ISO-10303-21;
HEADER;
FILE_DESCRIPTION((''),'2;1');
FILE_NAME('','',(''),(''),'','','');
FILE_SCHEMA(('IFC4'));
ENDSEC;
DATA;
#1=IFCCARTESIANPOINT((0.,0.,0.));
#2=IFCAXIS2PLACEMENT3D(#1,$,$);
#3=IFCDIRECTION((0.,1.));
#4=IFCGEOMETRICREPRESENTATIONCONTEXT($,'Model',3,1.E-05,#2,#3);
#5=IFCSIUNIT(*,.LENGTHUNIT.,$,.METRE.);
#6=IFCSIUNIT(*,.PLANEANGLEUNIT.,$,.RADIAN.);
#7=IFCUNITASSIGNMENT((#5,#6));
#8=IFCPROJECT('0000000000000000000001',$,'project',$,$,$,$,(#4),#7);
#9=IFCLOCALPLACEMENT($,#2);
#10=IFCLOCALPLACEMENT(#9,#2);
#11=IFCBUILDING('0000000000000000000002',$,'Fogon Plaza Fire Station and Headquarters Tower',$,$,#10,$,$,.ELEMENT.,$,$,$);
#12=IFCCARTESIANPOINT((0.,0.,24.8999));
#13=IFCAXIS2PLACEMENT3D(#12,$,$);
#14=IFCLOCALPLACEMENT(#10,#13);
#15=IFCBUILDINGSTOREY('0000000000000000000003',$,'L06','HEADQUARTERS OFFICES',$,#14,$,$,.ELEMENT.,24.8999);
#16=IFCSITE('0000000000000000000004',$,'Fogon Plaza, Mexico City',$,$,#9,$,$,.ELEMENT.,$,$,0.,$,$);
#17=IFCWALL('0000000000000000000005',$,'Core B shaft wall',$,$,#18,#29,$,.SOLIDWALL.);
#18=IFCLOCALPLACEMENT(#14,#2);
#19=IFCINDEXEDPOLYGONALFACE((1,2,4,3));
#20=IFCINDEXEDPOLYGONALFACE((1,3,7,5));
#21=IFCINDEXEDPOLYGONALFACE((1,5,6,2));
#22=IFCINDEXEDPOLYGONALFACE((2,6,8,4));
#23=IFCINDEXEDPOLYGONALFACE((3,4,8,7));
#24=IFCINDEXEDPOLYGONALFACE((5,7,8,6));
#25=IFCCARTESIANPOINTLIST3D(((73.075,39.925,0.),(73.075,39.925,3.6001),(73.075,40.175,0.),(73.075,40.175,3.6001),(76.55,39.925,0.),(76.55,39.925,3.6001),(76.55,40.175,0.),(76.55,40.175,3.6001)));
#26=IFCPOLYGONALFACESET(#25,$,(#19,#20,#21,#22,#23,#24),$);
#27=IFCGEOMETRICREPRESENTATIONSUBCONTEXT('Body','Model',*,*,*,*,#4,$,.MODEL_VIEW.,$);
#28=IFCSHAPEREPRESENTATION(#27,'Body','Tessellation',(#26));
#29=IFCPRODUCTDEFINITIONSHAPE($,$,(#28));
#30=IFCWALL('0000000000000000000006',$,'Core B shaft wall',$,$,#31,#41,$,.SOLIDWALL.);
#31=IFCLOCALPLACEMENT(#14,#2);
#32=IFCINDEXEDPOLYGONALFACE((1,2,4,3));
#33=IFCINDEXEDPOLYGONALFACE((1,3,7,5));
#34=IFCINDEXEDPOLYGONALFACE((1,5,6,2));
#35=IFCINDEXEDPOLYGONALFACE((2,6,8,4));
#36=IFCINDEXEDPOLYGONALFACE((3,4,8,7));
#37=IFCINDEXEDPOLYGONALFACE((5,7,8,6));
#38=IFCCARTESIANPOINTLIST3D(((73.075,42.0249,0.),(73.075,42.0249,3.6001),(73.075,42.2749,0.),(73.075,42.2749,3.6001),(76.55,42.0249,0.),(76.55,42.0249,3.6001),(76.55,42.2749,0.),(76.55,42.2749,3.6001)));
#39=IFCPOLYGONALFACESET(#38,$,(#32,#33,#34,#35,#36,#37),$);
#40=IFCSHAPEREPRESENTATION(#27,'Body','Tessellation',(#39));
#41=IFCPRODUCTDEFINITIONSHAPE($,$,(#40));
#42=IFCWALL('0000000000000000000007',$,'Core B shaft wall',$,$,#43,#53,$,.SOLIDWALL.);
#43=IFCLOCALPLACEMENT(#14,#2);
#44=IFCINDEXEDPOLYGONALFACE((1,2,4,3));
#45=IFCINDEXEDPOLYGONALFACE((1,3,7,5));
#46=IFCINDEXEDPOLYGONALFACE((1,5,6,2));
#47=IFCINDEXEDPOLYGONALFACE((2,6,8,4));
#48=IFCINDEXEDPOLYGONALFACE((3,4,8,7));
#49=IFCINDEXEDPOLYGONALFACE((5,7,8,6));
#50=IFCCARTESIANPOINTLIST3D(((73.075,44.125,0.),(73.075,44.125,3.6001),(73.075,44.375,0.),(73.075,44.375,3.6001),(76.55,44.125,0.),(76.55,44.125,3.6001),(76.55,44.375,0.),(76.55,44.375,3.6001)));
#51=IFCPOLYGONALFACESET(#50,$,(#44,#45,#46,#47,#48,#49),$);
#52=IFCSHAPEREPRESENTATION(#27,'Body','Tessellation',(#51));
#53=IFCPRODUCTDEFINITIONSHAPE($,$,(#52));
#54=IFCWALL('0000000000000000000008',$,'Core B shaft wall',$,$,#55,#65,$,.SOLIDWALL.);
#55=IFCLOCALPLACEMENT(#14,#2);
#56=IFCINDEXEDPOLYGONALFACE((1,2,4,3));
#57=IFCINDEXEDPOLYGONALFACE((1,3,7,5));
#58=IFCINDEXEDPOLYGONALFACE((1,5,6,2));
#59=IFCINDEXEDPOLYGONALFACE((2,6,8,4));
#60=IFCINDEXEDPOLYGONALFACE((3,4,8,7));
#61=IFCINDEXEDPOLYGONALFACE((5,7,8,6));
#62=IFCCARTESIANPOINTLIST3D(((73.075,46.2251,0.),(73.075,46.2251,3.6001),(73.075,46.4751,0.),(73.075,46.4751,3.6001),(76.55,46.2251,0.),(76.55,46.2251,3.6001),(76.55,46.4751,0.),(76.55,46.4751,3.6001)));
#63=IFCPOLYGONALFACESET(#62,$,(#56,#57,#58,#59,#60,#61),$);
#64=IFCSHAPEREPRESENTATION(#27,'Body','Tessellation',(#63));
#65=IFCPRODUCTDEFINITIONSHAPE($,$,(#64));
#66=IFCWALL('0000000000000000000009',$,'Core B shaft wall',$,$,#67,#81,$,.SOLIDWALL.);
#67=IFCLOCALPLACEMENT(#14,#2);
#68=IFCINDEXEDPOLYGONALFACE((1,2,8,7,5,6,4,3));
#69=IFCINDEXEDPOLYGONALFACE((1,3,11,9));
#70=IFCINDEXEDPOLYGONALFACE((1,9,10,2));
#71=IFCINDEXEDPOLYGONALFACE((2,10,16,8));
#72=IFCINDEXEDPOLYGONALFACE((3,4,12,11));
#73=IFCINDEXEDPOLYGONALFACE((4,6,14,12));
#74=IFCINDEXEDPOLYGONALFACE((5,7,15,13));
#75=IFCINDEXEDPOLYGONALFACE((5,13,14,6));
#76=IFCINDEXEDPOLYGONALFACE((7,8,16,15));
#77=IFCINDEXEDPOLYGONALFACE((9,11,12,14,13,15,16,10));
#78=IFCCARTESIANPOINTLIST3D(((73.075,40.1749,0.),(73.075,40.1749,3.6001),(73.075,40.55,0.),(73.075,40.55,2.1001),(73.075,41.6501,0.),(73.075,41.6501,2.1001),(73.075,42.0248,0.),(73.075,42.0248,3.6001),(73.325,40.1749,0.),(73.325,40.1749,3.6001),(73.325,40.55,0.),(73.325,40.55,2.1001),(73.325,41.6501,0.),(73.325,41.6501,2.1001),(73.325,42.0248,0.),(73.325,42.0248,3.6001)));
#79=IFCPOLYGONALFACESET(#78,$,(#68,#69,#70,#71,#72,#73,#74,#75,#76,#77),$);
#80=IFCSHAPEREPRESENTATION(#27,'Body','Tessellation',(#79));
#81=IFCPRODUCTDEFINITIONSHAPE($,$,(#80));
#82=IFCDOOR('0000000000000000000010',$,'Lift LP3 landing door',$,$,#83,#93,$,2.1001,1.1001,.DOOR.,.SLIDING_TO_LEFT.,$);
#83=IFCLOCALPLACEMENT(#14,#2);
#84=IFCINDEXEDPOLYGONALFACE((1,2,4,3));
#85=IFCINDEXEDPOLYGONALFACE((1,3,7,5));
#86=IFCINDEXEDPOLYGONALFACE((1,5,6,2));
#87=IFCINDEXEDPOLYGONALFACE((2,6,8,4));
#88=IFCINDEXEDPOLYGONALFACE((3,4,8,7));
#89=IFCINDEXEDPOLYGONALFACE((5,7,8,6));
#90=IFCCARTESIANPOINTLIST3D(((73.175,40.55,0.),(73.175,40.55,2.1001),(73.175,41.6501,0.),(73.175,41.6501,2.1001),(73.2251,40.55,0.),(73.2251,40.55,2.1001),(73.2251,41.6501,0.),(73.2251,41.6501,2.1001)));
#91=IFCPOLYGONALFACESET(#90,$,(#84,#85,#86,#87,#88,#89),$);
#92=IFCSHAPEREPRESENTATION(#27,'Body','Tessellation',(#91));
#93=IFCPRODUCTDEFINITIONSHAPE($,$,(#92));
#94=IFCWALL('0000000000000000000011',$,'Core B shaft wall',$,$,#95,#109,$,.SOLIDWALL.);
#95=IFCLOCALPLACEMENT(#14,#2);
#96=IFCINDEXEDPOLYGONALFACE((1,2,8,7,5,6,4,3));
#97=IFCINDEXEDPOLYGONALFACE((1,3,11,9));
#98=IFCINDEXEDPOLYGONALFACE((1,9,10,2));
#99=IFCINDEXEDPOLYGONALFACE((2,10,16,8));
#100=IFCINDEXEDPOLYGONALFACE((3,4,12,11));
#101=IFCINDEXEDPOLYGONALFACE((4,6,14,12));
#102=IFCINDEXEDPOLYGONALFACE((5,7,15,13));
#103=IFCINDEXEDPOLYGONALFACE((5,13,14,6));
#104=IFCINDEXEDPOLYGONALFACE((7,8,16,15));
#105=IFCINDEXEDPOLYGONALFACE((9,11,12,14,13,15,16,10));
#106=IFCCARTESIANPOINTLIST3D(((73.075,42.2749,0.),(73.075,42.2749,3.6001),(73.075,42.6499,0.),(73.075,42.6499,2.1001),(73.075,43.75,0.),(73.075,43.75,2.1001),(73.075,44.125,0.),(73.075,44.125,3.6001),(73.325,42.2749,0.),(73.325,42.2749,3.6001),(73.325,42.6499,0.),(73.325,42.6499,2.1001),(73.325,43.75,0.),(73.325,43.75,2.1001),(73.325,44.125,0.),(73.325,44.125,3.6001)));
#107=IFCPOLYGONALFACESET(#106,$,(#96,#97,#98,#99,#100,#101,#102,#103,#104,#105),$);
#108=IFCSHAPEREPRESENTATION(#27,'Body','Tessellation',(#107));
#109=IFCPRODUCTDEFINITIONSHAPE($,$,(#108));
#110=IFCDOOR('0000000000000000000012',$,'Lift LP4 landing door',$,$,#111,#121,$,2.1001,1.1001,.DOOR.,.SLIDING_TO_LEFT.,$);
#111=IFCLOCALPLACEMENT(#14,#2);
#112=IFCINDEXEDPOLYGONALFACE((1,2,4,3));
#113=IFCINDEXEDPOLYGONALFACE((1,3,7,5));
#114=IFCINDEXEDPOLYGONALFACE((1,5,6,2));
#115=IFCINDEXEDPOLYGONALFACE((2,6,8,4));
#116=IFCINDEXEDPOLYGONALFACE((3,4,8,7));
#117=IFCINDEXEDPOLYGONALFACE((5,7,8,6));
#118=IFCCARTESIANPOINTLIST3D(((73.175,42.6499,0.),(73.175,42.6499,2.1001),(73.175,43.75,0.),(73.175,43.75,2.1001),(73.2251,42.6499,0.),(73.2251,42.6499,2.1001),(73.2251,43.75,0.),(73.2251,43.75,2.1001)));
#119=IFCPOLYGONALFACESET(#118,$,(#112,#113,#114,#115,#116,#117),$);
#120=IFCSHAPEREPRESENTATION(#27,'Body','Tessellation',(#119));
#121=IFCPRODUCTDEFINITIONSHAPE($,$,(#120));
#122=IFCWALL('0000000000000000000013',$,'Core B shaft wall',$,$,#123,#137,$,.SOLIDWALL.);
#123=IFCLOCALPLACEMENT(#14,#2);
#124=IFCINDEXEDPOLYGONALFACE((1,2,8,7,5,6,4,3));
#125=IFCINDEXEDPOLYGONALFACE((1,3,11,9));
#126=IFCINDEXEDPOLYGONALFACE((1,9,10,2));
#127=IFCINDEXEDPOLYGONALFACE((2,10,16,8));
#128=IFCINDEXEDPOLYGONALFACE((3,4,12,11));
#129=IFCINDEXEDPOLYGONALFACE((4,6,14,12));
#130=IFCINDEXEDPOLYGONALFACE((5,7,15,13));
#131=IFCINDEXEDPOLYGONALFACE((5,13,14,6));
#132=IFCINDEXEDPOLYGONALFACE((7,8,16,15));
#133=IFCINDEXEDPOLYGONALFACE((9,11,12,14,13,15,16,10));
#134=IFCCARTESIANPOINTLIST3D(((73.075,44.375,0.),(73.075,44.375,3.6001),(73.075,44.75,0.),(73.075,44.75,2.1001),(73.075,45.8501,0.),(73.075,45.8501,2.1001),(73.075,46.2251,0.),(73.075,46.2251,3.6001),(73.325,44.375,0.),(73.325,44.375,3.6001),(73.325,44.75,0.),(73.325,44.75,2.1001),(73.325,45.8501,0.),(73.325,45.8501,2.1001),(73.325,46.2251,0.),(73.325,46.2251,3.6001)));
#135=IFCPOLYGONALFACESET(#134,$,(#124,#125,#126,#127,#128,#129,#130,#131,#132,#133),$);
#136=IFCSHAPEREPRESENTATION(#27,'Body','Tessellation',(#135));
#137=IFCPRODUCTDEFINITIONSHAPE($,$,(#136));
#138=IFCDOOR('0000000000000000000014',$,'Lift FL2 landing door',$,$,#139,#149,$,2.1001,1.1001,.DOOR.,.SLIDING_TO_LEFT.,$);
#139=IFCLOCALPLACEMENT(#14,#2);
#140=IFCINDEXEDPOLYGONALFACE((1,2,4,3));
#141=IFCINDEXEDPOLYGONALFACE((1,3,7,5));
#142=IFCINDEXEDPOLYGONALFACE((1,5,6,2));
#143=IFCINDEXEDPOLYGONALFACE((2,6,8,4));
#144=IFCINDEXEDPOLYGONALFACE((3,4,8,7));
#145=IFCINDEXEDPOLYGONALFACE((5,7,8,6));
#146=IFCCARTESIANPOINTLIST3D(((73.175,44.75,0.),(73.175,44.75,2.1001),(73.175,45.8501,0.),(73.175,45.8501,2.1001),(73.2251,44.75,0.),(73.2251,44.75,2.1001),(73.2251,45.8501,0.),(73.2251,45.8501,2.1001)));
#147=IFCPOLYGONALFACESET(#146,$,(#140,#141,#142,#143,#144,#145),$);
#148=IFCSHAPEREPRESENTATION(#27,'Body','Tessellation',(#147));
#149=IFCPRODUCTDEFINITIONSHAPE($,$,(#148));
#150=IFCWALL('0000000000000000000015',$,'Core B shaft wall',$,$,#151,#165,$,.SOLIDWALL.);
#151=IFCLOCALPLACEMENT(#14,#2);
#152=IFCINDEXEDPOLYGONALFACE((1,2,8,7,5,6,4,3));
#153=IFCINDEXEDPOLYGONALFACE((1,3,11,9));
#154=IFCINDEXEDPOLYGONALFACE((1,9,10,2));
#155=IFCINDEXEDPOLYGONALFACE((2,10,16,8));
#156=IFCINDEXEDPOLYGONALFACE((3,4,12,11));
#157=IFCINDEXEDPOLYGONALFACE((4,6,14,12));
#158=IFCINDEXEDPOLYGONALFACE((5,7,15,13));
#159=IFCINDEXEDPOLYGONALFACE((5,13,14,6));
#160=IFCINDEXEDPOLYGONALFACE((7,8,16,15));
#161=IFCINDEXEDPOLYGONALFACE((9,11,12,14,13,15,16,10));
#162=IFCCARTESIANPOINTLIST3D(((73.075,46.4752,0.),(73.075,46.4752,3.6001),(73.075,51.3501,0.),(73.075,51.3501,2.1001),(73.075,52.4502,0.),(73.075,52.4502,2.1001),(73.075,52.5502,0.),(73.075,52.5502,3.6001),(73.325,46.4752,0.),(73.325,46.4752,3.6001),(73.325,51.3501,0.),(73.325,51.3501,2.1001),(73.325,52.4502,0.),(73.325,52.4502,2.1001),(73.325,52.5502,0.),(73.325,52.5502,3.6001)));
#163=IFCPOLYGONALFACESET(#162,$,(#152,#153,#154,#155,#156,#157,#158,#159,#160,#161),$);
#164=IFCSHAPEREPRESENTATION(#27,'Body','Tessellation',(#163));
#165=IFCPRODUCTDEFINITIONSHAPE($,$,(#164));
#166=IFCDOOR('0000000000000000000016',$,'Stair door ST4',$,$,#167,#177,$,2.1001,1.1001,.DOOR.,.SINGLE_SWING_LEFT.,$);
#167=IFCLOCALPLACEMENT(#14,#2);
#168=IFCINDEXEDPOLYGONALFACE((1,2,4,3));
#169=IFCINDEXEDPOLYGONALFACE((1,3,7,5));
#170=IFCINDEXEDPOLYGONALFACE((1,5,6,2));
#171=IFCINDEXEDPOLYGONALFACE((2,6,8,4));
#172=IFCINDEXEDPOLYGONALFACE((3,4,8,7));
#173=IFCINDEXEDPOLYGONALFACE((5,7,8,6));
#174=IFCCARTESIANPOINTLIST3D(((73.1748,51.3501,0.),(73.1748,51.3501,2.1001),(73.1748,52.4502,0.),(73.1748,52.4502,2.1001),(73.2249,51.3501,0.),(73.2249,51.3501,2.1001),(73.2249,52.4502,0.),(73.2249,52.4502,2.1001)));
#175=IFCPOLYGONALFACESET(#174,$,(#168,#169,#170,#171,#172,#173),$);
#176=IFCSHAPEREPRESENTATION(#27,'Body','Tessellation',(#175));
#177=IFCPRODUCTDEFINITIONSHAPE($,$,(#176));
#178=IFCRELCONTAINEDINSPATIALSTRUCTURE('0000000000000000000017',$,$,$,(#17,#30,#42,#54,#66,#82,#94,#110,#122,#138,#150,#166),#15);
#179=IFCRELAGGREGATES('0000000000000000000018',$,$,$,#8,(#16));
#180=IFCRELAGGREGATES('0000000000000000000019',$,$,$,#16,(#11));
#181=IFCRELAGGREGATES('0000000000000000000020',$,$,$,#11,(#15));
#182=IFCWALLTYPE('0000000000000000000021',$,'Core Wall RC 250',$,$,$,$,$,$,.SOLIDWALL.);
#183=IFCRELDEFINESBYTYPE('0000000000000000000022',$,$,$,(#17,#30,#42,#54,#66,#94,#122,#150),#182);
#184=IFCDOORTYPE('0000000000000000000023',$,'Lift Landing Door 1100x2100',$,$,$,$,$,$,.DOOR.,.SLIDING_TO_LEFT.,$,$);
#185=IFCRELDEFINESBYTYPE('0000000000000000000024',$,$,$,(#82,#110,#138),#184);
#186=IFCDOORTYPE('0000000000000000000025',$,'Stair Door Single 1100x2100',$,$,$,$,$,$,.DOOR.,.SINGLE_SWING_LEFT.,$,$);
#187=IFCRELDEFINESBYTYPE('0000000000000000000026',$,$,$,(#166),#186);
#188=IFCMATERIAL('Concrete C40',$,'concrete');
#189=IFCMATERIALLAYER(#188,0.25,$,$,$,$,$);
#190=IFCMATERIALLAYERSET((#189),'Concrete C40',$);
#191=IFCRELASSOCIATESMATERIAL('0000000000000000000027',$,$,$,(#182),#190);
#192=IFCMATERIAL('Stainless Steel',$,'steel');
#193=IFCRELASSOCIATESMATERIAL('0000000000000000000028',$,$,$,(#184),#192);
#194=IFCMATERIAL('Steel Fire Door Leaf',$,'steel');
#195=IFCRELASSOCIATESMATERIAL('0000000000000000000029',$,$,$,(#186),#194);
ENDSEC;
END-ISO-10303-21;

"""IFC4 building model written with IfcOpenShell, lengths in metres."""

from ifc_helpers import new_model, si_unit, direction, frame, frame_2d, origin, place, context, subcontext, project, spatial, rectangle, extrude, material, layer, layer_set, type_object, element, fill, save


model = new_model("IFC4")

# Units and contexts
model_context = context("Model", 3, precision=1e-05, world=origin(), true_north=direction((0.0, 1.0)))
body_context = subcontext(model_context, "Body", "Model", "MODEL_VIEW")
ifc_project = project(units=[si_unit("LENGTHUNIT", "METRE"), si_unit("PLANEANGLEUNIT", "RADIAN")], contexts=[model_context])

# Site, building, storey
site_placement = place(None, origin())
site = spatial("IfcSite", under=ifc_project, at=site_placement, Name="Fogon Plaza, Mexico City", CompositionType="ELEMENT", RefElevation=0.0)
building_placement = place(site_placement, origin())
building = spatial("IfcBuilding", under=site, at=building_placement, Name="Fogon Plaza Fire Station and Headquarters Tower", CompositionType="ELEMENT")
storey_placement = place(building_placement, frame((0.0, 0.0, 24.8999)))
storey = spatial("IfcBuildingStorey", under=building, at=storey_placement, Name="L06", Description="HEADQUARTERS OFFICES", CompositionType="ELEMENT", Elevation=24.8999)

# Walls
ifc_material_1 = material(Name="Concrete C40", Category="concrete")
ifc_layer_1 = layer(ifc_material_1, 0.25)
ifc_layer_set_1 = layer_set([ifc_layer_1], Name="Concrete C40")
wall_type_1 = type_object("IfcWallType", Name="Core Wall RC 250", PredefinedType="SOLIDWALL", material=ifc_layer_set_1)
for number, where, z_axis, x_axis, name in (
    (1, (76.55, 40.05, 0.0), (0.0, 0.0, 1.0), (-1.0, 0.0, 0.0), "Core B shaft wall"),
    (2, (76.55, 42.1499, 0.0), (0.0, 0.0, 1.0), (-1.0, 0.0, 0.0), "Core B shaft wall"),
    (3, (76.55, 44.25, 0.0), (0.0, 0.0, 1.0), (-1.0, 0.0, 0.0), "Core B shaft wall"),
    (4, (76.55, 46.3501, 0.0), (0.0, 0.0, 1.0), (-1.0, 0.0, 0.0), "Core B shaft wall"),
):
    element("IfcWall", number, at=place(storey_placement, frame(where, z_axis=z_axis, x_axis=x_axis)), inside=storey, type_object=wall_type_1, Name=name, PredefinedType="SOLIDWALL", context=body_context, shape_type="SweptSolid", body=[
        extrude(rectangle(XDim=3.4751, YDim=0.25, at=frame_2d((1.7375, 0.0))), origin(), (0.0, 0.0, 1.0), 3.6001),
    ])

# Walls, openings, doors
wall_1_placement = place(storey_placement, frame((73.2, 40.175, 0.0), z_axis=(0.0, 0.0, 1.0), x_axis=(0.0, 1.0, 0.0)))
wall_1 = element("IfcWall", 5, at=wall_1_placement, inside=storey, type_object=wall_type_1, Name="Core B shaft wall", PredefinedType="SOLIDWALL", context=body_context, shape_type="SweptSolid", body=[
    extrude(rectangle(XDim=1.8499, YDim=0.25, at=frame_2d((0.9248, 0.0))), origin(), (0.0, 0.0, 1.0), 3.6001),
])
opening_1_placement = place(wall_1_placement, frame((0.375, 0.0, 0.0)))
opening_1 = element("IfcOpeningElement", 6, at=opening_1_placement, cuts=wall_1, PredefinedType="OPENING", context=body_context, shape_type="SweptSolid", body=[
    extrude(rectangle(XDim=1.1001, YDim=2.1001, at=frame_2d((0.55, 1.05))), frame((0.0, 0.135, 0.0), z_axis=(0.0, -1.0, 0.0), x_axis=(1.0, 0.0, 0.0)), (0.0, 0.0, 1.0), 0.27),
])
ifc_material_2 = material(Name="Stainless Steel", Category="steel")
door_type_1 = type_object("IfcDoorType", Name="Lift Landing Door 1100x2100", OperationType="SLIDING_TO_LEFT", PredefinedType="DOOR", material=ifc_material_2)
door_1_placement = place(opening_1_placement, origin())
door_1 = element("IfcDoor", 7, at=door_1_placement, inside=storey, type_object=door_type_1, Name="Lift LP3 landing door", OperationType="SLIDING_TO_LEFT", OverallHeight=2.1001, OverallWidth=1.1001, PredefinedType="DOOR", context=body_context, shape_type="SweptSolid", body=[
    extrude(rectangle(XDim=1.1001, YDim=2.1001, at=frame_2d((0.55, 1.05))), frame((0.0, 0.0249, 0.0), z_axis=(0.0, -1.0, 0.0), x_axis=(1.0, 0.0, 0.0)), (0.0, 0.0, 1.0), 0.05),
])
fill(opening_1, door_1)
wall_2_placement = place(storey_placement, frame((73.2, 42.2749, 0.0), z_axis=(0.0, 0.0, 1.0), x_axis=(0.0, 1.0, 0.0)))
wall_2 = element("IfcWall", 8, at=wall_2_placement, inside=storey, type_object=wall_type_1, Name="Core B shaft wall", PredefinedType="SOLIDWALL", context=body_context, shape_type="SweptSolid", body=[
    extrude(rectangle(XDim=1.8501, YDim=0.25, at=frame_2d((0.925, 0.0))), origin(), (0.0, 0.0, 1.0), 3.6001),
])
opening_2_placement = place(wall_2_placement, frame((0.375, 0.0, 0.0)))
opening_2 = element("IfcOpeningElement", 9, at=opening_2_placement, cuts=wall_2, PredefinedType="OPENING", context=body_context, shape_type="SweptSolid", body=[
    extrude(rectangle(XDim=1.1001, YDim=2.1001, at=frame_2d((0.55, 1.05))), frame((0.0, 0.135, 0.0), z_axis=(0.0, -1.0, 0.0), x_axis=(1.0, 0.0, 0.0)), (0.0, 0.0, 1.0), 0.27),
])
door_2_placement = place(opening_2_placement, origin())
door_2 = element("IfcDoor", 10, at=door_2_placement, inside=storey, type_object=door_type_1, Name="Lift LP4 landing door", OperationType="SLIDING_TO_LEFT", OverallHeight=2.1001, OverallWidth=1.1001, PredefinedType="DOOR", context=body_context, shape_type="SweptSolid", body=[
    extrude(rectangle(XDim=1.1001, YDim=2.1001, at=frame_2d((0.55, 1.05))), frame((0.0, 0.0249, 0.0), z_axis=(0.0, -1.0, 0.0), x_axis=(1.0, 0.0, 0.0)), (0.0, 0.0, 1.0), 0.05),
])
fill(opening_2, door_2)
wall_3_placement = place(storey_placement, frame((73.2, 44.375, 0.0), z_axis=(0.0, 0.0, 1.0), x_axis=(0.0, 1.0, 0.0)))
wall_3 = element("IfcWall", 11, at=wall_3_placement, inside=storey, type_object=wall_type_1, Name="Core B shaft wall", PredefinedType="SOLIDWALL", context=body_context, shape_type="SweptSolid", body=[
    extrude(rectangle(XDim=1.8501, YDim=0.25, at=frame_2d((0.925, 0.0))), origin(), (0.0, 0.0, 1.0), 3.6001),
])
opening_3_placement = place(wall_3_placement, frame((0.375, 0.0, 0.0)))
opening_3 = element("IfcOpeningElement", 12, at=opening_3_placement, cuts=wall_3, PredefinedType="OPENING", context=body_context, shape_type="SweptSolid", body=[
    extrude(rectangle(XDim=1.1001, YDim=2.1001, at=frame_2d((0.55, 1.05))), frame((0.0, 0.135, 0.0), z_axis=(0.0, -1.0, 0.0), x_axis=(1.0, 0.0, 0.0)), (0.0, 0.0, 1.0), 0.27),
])
door_3_placement = place(opening_3_placement, origin())
door_3 = element("IfcDoor", 13, at=door_3_placement, inside=storey, type_object=door_type_1, Name="Lift FL2 landing door", OperationType="SLIDING_TO_LEFT", OverallHeight=2.1001, OverallWidth=1.1001, PredefinedType="DOOR", context=body_context, shape_type="SweptSolid", body=[
    extrude(rectangle(XDim=1.1001, YDim=2.1001, at=frame_2d((0.55, 1.05))), frame((0.0, 0.0249, 0.0), z_axis=(0.0, -1.0, 0.0), x_axis=(1.0, 0.0, 0.0)), (0.0, 0.0, 1.0), 0.05),
])
fill(opening_3, door_3)
wall_4_placement = place(storey_placement, frame((73.2, 46.4751, 0.0), z_axis=(0.0, 0.0, 1.0), x_axis=(0.0, 1.0, 0.0)))
wall_4 = element("IfcWall", 14, at=wall_4_placement, inside=storey, type_object=wall_type_1, Name="Core B shaft wall", PredefinedType="SOLIDWALL", context=body_context, shape_type="SweptSolid", body=[
    extrude(rectangle(XDim=6.075, YDim=0.25, at=frame_2d((3.0376, 0.0))), origin(), (0.0, 0.0, 1.0), 3.6001),
])
opening_4_placement = place(wall_4_placement, frame((4.875, 0.0, 0.0)))
opening_4 = element("IfcOpeningElement", 15, at=opening_4_placement, cuts=wall_4, PredefinedType="OPENING", context=body_context, shape_type="SweptSolid", body=[
    extrude(rectangle(XDim=1.1001, YDim=2.1001, at=frame_2d((0.55, 1.05))), frame((0.0, 0.135, 0.0), z_axis=(0.0, -1.0, 0.0), x_axis=(1.0, 0.0, 0.0)), (0.0, 0.0, 1.0), 0.27),
])
ifc_material_3 = material(Name="Steel Fire Door Leaf", Category="steel")
door_type_2 = type_object("IfcDoorType", Name="Stair Door Single 1100x2100", OperationType="SINGLE_SWING_LEFT", PredefinedType="DOOR", material=ifc_material_3)
door_4_placement = place(opening_4_placement, frame((1.1001, 0.0, 0.0), z_axis=(0.0, 0.0, 1.0), x_axis=(-1.0, 0.0, 0.0)))
door_4 = element("IfcDoor", 16, at=door_4_placement, inside=storey, type_object=door_type_2, Name="Stair door ST4", OperationType="SINGLE_SWING_LEFT", OverallHeight=2.1001, OverallWidth=1.1001, PredefinedType="DOOR", context=body_context, shape_type="SweptSolid", body=[
    extrude(rectangle(XDim=1.1001, YDim=2.1001, at=frame_2d((0.55, 1.05))), frame((0.0, 0.0249, 0.0), z_axis=(0.0, -1.0, 0.0), x_axis=(1.0, 0.0, 0.0)), (0.0, 0.0, 1.0), 0.05),
])
fill(opening_4, door_4)

save(model, "model.ifc")
